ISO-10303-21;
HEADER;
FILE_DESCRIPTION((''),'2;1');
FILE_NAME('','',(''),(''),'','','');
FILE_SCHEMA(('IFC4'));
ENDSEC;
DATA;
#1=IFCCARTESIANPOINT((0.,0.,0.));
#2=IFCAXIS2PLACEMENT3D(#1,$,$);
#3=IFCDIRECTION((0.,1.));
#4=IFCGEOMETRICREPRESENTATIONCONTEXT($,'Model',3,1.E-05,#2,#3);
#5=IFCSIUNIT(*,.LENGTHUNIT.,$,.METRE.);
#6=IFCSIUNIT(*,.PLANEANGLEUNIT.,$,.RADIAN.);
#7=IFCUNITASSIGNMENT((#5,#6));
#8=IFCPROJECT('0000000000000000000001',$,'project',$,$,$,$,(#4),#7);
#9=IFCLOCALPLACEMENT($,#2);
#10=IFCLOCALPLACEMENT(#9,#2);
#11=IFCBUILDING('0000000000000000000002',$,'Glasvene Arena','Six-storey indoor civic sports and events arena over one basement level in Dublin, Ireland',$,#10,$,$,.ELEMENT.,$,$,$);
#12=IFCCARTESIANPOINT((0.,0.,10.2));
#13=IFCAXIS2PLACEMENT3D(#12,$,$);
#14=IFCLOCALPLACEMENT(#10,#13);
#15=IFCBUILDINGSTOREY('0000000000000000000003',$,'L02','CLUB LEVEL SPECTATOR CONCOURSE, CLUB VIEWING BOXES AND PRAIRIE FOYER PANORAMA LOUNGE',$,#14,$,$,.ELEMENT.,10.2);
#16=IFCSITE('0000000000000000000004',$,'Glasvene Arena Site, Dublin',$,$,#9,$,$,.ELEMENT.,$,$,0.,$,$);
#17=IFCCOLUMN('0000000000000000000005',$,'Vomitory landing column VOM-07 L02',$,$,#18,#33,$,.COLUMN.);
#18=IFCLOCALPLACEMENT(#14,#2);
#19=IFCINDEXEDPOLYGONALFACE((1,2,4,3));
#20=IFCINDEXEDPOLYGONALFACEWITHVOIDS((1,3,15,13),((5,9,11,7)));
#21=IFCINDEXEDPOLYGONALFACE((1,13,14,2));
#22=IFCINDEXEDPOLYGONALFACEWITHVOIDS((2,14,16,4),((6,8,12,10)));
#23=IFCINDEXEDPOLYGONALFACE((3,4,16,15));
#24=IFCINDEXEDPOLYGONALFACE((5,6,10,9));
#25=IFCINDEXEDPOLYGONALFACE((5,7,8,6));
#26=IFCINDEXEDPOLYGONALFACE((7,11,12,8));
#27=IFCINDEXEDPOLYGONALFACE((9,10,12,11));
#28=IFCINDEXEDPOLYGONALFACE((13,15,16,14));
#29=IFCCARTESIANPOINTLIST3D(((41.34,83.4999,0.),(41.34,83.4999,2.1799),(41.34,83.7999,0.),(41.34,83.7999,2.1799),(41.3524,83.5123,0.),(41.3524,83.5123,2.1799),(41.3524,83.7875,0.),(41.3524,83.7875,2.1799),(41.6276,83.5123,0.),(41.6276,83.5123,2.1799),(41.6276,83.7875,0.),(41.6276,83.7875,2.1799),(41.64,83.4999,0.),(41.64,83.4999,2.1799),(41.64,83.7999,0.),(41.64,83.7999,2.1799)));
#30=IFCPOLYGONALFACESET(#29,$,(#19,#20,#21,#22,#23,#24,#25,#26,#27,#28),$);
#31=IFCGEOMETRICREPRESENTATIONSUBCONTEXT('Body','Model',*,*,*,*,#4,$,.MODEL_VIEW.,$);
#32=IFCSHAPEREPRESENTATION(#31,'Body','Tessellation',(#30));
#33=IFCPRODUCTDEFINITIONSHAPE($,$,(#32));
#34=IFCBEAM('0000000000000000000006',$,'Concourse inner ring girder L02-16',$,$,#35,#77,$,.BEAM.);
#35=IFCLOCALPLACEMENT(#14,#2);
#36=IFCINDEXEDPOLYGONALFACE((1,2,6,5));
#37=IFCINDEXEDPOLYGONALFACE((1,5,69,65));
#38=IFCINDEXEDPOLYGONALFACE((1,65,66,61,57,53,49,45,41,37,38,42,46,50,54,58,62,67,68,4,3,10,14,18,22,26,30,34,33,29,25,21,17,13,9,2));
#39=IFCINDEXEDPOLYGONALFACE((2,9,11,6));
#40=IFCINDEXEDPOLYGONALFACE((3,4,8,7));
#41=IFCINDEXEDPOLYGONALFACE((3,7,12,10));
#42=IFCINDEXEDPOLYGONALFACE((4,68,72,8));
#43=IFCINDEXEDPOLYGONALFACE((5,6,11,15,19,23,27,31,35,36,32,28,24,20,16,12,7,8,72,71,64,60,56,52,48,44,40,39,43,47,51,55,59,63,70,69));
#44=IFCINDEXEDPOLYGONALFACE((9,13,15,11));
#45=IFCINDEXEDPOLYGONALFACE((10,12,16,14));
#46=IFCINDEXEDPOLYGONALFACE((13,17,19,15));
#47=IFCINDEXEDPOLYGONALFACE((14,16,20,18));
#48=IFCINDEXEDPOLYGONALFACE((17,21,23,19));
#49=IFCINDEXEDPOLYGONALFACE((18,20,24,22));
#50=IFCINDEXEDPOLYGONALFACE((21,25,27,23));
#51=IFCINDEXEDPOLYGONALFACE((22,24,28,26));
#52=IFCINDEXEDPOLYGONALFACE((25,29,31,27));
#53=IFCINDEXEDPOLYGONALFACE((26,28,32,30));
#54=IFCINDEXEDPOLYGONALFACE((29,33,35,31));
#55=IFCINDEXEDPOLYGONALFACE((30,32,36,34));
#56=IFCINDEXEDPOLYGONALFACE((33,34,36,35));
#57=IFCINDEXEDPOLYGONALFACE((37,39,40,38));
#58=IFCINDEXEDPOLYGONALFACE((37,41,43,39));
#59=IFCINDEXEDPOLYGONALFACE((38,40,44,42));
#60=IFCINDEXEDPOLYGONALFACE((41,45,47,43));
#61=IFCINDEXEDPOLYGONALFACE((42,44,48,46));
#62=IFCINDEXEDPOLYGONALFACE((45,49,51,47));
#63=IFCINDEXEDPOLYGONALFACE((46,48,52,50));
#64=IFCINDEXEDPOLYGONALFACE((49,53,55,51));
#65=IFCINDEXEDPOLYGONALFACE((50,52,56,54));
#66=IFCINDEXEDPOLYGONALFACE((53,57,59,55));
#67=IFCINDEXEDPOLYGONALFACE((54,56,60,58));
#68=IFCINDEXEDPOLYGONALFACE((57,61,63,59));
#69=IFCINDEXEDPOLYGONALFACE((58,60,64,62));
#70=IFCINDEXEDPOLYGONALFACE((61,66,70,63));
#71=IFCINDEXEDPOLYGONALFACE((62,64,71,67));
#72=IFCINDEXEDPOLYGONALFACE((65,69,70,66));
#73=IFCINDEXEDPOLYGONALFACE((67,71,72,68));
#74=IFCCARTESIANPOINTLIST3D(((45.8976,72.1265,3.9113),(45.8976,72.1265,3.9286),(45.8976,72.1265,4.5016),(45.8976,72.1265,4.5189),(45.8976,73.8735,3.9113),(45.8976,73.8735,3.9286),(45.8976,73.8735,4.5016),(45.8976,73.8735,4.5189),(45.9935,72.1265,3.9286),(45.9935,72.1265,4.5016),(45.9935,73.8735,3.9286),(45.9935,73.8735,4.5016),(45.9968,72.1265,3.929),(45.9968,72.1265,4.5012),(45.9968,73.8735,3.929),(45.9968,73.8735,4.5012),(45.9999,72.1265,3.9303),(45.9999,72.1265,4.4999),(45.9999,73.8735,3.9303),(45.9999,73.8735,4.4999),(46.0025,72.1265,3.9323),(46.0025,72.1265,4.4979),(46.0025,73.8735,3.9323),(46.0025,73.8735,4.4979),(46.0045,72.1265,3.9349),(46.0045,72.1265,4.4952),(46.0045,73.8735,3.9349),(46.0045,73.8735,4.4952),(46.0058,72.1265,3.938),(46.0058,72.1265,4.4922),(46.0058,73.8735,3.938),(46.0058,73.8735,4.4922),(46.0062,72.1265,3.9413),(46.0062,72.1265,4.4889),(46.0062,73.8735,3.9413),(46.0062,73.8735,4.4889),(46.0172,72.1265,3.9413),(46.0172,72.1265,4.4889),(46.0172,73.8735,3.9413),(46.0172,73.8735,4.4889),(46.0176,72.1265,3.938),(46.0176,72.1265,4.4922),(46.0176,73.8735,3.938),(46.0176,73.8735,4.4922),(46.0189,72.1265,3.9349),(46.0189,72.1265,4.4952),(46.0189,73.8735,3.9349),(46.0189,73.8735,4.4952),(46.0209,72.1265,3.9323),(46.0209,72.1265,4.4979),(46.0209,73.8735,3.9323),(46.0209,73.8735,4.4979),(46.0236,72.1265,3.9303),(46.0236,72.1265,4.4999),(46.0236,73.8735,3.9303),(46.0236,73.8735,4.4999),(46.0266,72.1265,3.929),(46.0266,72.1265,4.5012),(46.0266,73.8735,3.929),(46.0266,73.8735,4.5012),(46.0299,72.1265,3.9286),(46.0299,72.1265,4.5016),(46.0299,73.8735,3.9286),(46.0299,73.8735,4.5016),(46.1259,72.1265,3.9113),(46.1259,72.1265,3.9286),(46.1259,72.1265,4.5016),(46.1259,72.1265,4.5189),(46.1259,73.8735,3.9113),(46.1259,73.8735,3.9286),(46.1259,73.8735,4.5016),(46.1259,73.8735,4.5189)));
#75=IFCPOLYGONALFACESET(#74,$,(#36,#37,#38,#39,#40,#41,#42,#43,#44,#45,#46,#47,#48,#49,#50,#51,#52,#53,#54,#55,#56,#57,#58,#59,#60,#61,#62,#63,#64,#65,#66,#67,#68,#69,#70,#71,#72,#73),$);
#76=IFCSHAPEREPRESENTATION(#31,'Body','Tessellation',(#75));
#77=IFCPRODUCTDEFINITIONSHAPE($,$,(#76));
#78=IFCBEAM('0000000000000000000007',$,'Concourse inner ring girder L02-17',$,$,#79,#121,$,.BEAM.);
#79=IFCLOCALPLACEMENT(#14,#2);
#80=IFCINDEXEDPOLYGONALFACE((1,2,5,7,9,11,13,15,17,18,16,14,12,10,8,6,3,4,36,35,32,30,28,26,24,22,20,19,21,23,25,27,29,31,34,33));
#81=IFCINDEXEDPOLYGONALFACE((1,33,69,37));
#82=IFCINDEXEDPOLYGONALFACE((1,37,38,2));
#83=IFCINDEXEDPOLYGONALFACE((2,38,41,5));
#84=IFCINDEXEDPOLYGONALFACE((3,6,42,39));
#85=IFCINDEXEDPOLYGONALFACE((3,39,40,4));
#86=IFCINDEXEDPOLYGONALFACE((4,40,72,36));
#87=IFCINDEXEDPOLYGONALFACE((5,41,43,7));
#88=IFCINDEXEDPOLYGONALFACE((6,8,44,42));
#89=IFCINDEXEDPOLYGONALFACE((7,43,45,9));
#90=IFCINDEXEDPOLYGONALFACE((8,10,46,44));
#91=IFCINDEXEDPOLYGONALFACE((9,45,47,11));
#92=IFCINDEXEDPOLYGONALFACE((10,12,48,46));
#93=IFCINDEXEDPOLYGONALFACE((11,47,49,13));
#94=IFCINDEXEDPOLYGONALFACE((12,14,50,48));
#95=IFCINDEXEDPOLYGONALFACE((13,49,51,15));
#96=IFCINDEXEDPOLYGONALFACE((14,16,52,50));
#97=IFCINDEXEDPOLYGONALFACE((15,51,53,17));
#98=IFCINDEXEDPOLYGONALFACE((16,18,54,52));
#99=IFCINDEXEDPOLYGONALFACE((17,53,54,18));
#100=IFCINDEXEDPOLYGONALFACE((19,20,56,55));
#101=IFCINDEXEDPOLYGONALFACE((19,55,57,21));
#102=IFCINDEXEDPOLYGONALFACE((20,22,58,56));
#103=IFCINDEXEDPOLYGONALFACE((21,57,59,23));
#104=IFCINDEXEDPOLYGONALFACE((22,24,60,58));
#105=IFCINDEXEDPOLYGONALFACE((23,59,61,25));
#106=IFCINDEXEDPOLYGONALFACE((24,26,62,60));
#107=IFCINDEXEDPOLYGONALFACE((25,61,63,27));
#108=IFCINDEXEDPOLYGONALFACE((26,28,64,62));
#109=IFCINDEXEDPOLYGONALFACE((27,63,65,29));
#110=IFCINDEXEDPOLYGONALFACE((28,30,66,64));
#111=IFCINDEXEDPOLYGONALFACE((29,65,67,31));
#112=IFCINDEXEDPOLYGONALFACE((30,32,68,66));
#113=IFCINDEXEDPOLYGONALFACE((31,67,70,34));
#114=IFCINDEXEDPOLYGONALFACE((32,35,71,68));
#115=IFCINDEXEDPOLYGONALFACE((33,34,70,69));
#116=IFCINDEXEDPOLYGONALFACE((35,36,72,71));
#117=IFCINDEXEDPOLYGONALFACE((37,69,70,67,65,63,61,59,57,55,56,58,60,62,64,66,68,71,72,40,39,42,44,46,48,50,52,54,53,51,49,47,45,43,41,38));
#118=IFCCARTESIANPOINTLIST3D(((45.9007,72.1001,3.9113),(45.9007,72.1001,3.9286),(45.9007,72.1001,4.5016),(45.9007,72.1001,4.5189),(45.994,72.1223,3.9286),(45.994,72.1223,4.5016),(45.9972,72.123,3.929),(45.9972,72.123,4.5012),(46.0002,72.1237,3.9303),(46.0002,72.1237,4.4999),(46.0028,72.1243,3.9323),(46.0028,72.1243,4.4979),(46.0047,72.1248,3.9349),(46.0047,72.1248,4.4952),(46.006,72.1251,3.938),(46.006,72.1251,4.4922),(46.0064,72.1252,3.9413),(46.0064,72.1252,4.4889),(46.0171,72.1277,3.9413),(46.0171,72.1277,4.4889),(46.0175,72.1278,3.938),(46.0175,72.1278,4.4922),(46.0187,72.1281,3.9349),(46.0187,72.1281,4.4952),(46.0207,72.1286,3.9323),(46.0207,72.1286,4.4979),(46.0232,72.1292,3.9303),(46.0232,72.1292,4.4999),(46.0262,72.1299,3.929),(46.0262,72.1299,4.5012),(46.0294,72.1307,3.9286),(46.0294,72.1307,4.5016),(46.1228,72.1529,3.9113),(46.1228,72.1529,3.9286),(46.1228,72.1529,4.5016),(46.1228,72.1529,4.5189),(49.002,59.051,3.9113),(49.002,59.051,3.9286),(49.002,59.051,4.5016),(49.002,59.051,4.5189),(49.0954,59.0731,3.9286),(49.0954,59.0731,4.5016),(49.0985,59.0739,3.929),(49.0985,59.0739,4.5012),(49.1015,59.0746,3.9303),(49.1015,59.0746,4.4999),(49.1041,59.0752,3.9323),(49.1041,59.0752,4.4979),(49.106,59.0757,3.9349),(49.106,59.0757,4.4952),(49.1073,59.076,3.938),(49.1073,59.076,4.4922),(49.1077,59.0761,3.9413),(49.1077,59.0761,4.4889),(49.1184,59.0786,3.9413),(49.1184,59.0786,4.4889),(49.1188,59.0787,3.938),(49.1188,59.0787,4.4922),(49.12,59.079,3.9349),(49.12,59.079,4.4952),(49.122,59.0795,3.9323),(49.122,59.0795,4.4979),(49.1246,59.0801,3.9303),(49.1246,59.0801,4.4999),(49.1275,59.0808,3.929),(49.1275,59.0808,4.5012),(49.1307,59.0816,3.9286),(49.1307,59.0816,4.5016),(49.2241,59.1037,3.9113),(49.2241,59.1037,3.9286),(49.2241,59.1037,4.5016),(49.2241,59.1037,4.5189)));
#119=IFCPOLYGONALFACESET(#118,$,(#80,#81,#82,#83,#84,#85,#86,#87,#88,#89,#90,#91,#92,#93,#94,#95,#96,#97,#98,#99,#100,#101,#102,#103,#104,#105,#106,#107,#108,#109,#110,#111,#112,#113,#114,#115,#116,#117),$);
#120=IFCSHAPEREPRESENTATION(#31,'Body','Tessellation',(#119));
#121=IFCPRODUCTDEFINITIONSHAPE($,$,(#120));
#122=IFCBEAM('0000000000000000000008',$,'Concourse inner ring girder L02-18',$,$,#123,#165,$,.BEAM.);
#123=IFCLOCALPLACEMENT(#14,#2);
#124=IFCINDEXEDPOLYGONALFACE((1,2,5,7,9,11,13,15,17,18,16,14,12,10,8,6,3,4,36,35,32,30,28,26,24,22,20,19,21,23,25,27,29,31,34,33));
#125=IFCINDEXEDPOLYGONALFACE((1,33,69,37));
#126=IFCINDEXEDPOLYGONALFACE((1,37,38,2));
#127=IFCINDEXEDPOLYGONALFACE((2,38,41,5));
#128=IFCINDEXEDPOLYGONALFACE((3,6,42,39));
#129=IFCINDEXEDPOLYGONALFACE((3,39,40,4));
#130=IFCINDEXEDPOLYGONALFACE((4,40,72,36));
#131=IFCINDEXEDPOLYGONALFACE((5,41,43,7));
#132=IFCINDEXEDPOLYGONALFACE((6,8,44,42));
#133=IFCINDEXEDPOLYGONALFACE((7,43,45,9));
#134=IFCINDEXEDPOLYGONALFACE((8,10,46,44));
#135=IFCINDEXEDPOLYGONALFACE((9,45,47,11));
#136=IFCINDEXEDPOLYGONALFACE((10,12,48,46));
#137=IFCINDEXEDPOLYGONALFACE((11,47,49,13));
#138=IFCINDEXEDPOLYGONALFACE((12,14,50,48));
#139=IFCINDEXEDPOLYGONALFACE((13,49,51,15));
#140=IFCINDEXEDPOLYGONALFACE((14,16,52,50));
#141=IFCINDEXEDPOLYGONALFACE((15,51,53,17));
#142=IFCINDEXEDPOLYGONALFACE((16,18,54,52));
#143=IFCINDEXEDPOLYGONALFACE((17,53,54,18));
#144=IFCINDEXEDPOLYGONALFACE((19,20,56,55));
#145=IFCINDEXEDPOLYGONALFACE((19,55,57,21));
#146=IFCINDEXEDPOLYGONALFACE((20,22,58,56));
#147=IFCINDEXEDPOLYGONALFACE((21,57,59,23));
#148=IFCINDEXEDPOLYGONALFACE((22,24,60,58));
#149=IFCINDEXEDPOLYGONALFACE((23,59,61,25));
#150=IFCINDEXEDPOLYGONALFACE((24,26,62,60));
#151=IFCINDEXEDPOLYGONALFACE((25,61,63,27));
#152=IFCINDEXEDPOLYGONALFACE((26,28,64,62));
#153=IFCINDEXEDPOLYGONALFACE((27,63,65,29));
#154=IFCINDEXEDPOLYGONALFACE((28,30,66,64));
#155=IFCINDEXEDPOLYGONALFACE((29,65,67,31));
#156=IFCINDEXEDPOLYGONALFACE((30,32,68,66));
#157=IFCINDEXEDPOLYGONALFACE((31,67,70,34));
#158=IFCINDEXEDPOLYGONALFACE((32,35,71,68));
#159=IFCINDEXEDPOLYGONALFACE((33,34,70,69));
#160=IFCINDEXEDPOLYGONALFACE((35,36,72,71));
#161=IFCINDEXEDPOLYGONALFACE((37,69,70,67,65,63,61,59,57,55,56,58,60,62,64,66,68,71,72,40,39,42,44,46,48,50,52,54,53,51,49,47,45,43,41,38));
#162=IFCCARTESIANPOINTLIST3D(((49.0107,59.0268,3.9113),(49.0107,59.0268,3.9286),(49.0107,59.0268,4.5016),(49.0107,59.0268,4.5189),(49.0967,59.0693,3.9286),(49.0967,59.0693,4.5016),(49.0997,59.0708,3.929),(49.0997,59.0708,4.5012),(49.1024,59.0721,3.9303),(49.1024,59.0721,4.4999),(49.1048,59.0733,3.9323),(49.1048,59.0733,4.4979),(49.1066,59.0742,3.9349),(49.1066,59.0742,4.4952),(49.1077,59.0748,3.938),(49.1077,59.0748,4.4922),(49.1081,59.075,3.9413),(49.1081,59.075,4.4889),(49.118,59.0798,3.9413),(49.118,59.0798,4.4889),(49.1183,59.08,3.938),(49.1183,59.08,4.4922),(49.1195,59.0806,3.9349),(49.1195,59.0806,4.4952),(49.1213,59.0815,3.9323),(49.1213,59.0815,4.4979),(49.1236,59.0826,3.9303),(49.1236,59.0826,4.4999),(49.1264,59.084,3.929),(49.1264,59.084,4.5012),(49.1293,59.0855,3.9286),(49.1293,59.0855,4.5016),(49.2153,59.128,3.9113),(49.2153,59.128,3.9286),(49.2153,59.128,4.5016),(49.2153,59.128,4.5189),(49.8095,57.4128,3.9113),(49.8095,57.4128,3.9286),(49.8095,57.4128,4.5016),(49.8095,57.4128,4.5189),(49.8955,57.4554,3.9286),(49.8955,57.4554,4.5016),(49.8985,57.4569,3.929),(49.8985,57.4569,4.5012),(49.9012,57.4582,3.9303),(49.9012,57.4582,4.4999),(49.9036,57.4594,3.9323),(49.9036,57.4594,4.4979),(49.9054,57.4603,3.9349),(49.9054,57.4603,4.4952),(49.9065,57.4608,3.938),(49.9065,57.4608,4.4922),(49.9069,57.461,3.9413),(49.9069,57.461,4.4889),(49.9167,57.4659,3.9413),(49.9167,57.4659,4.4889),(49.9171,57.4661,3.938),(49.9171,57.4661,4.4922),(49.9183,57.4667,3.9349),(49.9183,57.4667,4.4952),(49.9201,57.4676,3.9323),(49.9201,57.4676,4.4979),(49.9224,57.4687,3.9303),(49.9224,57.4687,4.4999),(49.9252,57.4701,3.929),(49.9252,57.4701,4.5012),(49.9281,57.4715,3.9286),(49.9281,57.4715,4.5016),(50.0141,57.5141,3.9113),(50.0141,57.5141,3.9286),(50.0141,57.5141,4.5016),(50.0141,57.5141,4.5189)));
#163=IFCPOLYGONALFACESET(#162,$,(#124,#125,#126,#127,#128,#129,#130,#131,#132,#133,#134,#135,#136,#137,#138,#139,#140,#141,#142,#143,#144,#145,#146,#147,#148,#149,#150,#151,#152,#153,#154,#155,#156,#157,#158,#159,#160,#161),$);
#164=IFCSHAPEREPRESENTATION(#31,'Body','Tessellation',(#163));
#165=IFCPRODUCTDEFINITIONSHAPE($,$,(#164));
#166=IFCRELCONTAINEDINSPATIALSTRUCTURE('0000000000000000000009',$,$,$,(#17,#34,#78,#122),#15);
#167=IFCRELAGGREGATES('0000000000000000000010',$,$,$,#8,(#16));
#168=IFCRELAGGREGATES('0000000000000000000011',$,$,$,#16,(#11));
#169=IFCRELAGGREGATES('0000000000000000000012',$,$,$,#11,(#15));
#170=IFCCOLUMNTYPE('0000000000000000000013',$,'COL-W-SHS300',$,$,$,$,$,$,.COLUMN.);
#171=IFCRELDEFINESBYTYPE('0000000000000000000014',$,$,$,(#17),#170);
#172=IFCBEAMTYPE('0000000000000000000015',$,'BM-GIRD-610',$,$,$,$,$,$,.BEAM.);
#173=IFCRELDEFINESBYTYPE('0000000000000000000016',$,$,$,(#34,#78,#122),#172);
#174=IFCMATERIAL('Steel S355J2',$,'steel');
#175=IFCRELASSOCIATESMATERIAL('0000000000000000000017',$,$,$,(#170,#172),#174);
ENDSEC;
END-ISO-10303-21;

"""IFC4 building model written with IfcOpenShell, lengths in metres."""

from ifc_helpers import new_model, si_unit, direction, frame, origin, origin_2d, place, context, subcontext, project, spatial, hollow_rectangle, i_section, extrude, material, material_profile, profile_set, type_object, element, save


model = new_model("IFC4")

# Units and contexts
model_context = context("Model", 3, precision=1e-05, world=origin(), true_north=direction((0.0, 1.0)))
body_context = subcontext(model_context, "Body", "Model", "MODEL_VIEW")
ifc_project = project(units=[si_unit("LENGTHUNIT", "METRE"), si_unit("PLANEANGLEUNIT", "RADIAN")], contexts=[model_context])

# Site, building, storey
site_placement = place(None, origin())
site = spatial("IfcSite", under=ifc_project, at=site_placement, Name="Glasvene Arena Site, Dublin", CompositionType="ELEMENT", RefElevation=0.0)
building_placement = place(site_placement, origin())
building = spatial("IfcBuilding", under=site, at=building_placement, Name="Glasvene Arena", Description="Six-storey indoor civic sports and events arena over one basement level in Dublin, Ireland", CompositionType="ELEMENT")
storey_placement = place(building_placement, frame((0.0, 0.0, 10.2)))
storey = spatial("IfcBuildingStorey", under=building, at=storey_placement, Name="L02", Description="CLUB LEVEL SPECTATOR CONCOURSE, CLUB VIEWING BOXES AND PRAIRIE FOYER PANORAMA LOUNGE", CompositionType="ELEMENT", Elevation=10.2)

# Column
ifc_material_1 = material(Name="Steel S355J2", Category="steel")
ifc_material_profile_1 = material_profile(ifc_material_1, hollow_rectangle(XDim=0.3, YDim=0.3, WallThickness=0.0125, at=origin_2d()), Name="SHS 300x300x12.5")
ifc_profile_set_1 = profile_set([ifc_material_profile_1], Name="Steel S355J2")
column_type_1 = type_object("IfcColumnType", Name="COL-W-SHS300", PredefinedType="COLUMN", material=ifc_profile_set_1)
for number, where, z_axis, x_axis, name in (
    (1, (41.49, 83.6499, 0.0), (0.0, 0.0, 1.0), (1.0, 0.0, 0.0), "Vomitory landing column VOM-07 L02"),
):
    element("IfcColumn", number, at=place(storey_placement, frame(where, z_axis=z_axis, x_axis=x_axis)), inside=storey, type_object=column_type_1, Name=name, PredefinedType="COLUMN", context=body_context, shape_type="SweptSolid", body=[
        extrude(hollow_rectangle(XDim=0.3, YDim=0.3, WallThickness=0.0125, at=origin_2d()), origin(), (0.0, 0.0, 1.0), 2.1799),
    ])

# Beams
ifc_material_profile_2 = material_profile(ifc_material_1, i_section(OverallWidth=0.2283, OverallDepth=0.6077, WebThickness=0.011, FlangeThickness=0.0173, FilletRadius=0.0127, at=origin_2d()), Name="UKB 610x229x113")
ifc_profile_set_2 = profile_set([ifc_material_profile_2], Name="Steel S355J2")
beam_type_1 = type_object("IfcBeamType", Name="BM-GIRD-610", PredefinedType="BEAM", material=ifc_profile_set_2)
beam_1_placement = place(storey_placement, frame((46.0117, 73.8735, 4.2151), z_axis=(0.0, -1.0, 0.0), x_axis=(1.0, 0.0, 0.0)))
element("IfcBeam", 2, at=beam_1_placement, inside=storey, type_object=beam_type_1, Name="Concourse inner ring girder L02-16", PredefinedType="BEAM", context=body_context, shape_type="SweptSolid", body=[
    extrude(i_section(OverallWidth=0.2283, OverallDepth=0.6077, WebThickness=0.011, FlangeThickness=0.0173, FilletRadius=0.0127, at=origin_2d()), origin(), (0.0, 0.0, 1.0), 1.7471),
])
beam_2_placement = place(storey_placement, frame((46.0117, 72.1265, 4.2151), z_axis=(0.231225, -0.9729, 0.0), x_axis=(0.9729, 0.231225, 0.0)))
element("IfcBeam", 3, at=beam_2_placement, inside=storey, type_object=beam_type_1, Name="Concourse inner ring girder L02-17", PredefinedType="BEAM", context=body_context, shape_type="SweptSolid", body=[
    extrude(i_section(OverallWidth=0.2283, OverallDepth=0.6077, WebThickness=0.011, FlangeThickness=0.0173, FilletRadius=0.0127, at=origin_2d()), origin(), (0.0, 0.0, 1.0), 13.4126),
])
beam_3_placement = place(storey_placement, frame((49.113, 59.0774, 4.2151), z_axis=(0.443577, -0.896236, 0.0), x_axis=(0.896236, 0.443577, 0.0)))
element("IfcBeam", 4, at=beam_3_placement, inside=storey, type_object=beam_type_1, Name="Concourse inner ring girder L02-18", PredefinedType="BEAM", context=body_context, shape_type="SweptSolid", body=[
    extrude(i_section(OverallWidth=0.2283, OverallDepth=0.6077, WebThickness=0.011, FlangeThickness=0.0173, FilletRadius=0.0127, at=origin_2d()), origin(), (0.0, 0.0, 1.0), 1.8008),
])

save(model, "model.ifc")
